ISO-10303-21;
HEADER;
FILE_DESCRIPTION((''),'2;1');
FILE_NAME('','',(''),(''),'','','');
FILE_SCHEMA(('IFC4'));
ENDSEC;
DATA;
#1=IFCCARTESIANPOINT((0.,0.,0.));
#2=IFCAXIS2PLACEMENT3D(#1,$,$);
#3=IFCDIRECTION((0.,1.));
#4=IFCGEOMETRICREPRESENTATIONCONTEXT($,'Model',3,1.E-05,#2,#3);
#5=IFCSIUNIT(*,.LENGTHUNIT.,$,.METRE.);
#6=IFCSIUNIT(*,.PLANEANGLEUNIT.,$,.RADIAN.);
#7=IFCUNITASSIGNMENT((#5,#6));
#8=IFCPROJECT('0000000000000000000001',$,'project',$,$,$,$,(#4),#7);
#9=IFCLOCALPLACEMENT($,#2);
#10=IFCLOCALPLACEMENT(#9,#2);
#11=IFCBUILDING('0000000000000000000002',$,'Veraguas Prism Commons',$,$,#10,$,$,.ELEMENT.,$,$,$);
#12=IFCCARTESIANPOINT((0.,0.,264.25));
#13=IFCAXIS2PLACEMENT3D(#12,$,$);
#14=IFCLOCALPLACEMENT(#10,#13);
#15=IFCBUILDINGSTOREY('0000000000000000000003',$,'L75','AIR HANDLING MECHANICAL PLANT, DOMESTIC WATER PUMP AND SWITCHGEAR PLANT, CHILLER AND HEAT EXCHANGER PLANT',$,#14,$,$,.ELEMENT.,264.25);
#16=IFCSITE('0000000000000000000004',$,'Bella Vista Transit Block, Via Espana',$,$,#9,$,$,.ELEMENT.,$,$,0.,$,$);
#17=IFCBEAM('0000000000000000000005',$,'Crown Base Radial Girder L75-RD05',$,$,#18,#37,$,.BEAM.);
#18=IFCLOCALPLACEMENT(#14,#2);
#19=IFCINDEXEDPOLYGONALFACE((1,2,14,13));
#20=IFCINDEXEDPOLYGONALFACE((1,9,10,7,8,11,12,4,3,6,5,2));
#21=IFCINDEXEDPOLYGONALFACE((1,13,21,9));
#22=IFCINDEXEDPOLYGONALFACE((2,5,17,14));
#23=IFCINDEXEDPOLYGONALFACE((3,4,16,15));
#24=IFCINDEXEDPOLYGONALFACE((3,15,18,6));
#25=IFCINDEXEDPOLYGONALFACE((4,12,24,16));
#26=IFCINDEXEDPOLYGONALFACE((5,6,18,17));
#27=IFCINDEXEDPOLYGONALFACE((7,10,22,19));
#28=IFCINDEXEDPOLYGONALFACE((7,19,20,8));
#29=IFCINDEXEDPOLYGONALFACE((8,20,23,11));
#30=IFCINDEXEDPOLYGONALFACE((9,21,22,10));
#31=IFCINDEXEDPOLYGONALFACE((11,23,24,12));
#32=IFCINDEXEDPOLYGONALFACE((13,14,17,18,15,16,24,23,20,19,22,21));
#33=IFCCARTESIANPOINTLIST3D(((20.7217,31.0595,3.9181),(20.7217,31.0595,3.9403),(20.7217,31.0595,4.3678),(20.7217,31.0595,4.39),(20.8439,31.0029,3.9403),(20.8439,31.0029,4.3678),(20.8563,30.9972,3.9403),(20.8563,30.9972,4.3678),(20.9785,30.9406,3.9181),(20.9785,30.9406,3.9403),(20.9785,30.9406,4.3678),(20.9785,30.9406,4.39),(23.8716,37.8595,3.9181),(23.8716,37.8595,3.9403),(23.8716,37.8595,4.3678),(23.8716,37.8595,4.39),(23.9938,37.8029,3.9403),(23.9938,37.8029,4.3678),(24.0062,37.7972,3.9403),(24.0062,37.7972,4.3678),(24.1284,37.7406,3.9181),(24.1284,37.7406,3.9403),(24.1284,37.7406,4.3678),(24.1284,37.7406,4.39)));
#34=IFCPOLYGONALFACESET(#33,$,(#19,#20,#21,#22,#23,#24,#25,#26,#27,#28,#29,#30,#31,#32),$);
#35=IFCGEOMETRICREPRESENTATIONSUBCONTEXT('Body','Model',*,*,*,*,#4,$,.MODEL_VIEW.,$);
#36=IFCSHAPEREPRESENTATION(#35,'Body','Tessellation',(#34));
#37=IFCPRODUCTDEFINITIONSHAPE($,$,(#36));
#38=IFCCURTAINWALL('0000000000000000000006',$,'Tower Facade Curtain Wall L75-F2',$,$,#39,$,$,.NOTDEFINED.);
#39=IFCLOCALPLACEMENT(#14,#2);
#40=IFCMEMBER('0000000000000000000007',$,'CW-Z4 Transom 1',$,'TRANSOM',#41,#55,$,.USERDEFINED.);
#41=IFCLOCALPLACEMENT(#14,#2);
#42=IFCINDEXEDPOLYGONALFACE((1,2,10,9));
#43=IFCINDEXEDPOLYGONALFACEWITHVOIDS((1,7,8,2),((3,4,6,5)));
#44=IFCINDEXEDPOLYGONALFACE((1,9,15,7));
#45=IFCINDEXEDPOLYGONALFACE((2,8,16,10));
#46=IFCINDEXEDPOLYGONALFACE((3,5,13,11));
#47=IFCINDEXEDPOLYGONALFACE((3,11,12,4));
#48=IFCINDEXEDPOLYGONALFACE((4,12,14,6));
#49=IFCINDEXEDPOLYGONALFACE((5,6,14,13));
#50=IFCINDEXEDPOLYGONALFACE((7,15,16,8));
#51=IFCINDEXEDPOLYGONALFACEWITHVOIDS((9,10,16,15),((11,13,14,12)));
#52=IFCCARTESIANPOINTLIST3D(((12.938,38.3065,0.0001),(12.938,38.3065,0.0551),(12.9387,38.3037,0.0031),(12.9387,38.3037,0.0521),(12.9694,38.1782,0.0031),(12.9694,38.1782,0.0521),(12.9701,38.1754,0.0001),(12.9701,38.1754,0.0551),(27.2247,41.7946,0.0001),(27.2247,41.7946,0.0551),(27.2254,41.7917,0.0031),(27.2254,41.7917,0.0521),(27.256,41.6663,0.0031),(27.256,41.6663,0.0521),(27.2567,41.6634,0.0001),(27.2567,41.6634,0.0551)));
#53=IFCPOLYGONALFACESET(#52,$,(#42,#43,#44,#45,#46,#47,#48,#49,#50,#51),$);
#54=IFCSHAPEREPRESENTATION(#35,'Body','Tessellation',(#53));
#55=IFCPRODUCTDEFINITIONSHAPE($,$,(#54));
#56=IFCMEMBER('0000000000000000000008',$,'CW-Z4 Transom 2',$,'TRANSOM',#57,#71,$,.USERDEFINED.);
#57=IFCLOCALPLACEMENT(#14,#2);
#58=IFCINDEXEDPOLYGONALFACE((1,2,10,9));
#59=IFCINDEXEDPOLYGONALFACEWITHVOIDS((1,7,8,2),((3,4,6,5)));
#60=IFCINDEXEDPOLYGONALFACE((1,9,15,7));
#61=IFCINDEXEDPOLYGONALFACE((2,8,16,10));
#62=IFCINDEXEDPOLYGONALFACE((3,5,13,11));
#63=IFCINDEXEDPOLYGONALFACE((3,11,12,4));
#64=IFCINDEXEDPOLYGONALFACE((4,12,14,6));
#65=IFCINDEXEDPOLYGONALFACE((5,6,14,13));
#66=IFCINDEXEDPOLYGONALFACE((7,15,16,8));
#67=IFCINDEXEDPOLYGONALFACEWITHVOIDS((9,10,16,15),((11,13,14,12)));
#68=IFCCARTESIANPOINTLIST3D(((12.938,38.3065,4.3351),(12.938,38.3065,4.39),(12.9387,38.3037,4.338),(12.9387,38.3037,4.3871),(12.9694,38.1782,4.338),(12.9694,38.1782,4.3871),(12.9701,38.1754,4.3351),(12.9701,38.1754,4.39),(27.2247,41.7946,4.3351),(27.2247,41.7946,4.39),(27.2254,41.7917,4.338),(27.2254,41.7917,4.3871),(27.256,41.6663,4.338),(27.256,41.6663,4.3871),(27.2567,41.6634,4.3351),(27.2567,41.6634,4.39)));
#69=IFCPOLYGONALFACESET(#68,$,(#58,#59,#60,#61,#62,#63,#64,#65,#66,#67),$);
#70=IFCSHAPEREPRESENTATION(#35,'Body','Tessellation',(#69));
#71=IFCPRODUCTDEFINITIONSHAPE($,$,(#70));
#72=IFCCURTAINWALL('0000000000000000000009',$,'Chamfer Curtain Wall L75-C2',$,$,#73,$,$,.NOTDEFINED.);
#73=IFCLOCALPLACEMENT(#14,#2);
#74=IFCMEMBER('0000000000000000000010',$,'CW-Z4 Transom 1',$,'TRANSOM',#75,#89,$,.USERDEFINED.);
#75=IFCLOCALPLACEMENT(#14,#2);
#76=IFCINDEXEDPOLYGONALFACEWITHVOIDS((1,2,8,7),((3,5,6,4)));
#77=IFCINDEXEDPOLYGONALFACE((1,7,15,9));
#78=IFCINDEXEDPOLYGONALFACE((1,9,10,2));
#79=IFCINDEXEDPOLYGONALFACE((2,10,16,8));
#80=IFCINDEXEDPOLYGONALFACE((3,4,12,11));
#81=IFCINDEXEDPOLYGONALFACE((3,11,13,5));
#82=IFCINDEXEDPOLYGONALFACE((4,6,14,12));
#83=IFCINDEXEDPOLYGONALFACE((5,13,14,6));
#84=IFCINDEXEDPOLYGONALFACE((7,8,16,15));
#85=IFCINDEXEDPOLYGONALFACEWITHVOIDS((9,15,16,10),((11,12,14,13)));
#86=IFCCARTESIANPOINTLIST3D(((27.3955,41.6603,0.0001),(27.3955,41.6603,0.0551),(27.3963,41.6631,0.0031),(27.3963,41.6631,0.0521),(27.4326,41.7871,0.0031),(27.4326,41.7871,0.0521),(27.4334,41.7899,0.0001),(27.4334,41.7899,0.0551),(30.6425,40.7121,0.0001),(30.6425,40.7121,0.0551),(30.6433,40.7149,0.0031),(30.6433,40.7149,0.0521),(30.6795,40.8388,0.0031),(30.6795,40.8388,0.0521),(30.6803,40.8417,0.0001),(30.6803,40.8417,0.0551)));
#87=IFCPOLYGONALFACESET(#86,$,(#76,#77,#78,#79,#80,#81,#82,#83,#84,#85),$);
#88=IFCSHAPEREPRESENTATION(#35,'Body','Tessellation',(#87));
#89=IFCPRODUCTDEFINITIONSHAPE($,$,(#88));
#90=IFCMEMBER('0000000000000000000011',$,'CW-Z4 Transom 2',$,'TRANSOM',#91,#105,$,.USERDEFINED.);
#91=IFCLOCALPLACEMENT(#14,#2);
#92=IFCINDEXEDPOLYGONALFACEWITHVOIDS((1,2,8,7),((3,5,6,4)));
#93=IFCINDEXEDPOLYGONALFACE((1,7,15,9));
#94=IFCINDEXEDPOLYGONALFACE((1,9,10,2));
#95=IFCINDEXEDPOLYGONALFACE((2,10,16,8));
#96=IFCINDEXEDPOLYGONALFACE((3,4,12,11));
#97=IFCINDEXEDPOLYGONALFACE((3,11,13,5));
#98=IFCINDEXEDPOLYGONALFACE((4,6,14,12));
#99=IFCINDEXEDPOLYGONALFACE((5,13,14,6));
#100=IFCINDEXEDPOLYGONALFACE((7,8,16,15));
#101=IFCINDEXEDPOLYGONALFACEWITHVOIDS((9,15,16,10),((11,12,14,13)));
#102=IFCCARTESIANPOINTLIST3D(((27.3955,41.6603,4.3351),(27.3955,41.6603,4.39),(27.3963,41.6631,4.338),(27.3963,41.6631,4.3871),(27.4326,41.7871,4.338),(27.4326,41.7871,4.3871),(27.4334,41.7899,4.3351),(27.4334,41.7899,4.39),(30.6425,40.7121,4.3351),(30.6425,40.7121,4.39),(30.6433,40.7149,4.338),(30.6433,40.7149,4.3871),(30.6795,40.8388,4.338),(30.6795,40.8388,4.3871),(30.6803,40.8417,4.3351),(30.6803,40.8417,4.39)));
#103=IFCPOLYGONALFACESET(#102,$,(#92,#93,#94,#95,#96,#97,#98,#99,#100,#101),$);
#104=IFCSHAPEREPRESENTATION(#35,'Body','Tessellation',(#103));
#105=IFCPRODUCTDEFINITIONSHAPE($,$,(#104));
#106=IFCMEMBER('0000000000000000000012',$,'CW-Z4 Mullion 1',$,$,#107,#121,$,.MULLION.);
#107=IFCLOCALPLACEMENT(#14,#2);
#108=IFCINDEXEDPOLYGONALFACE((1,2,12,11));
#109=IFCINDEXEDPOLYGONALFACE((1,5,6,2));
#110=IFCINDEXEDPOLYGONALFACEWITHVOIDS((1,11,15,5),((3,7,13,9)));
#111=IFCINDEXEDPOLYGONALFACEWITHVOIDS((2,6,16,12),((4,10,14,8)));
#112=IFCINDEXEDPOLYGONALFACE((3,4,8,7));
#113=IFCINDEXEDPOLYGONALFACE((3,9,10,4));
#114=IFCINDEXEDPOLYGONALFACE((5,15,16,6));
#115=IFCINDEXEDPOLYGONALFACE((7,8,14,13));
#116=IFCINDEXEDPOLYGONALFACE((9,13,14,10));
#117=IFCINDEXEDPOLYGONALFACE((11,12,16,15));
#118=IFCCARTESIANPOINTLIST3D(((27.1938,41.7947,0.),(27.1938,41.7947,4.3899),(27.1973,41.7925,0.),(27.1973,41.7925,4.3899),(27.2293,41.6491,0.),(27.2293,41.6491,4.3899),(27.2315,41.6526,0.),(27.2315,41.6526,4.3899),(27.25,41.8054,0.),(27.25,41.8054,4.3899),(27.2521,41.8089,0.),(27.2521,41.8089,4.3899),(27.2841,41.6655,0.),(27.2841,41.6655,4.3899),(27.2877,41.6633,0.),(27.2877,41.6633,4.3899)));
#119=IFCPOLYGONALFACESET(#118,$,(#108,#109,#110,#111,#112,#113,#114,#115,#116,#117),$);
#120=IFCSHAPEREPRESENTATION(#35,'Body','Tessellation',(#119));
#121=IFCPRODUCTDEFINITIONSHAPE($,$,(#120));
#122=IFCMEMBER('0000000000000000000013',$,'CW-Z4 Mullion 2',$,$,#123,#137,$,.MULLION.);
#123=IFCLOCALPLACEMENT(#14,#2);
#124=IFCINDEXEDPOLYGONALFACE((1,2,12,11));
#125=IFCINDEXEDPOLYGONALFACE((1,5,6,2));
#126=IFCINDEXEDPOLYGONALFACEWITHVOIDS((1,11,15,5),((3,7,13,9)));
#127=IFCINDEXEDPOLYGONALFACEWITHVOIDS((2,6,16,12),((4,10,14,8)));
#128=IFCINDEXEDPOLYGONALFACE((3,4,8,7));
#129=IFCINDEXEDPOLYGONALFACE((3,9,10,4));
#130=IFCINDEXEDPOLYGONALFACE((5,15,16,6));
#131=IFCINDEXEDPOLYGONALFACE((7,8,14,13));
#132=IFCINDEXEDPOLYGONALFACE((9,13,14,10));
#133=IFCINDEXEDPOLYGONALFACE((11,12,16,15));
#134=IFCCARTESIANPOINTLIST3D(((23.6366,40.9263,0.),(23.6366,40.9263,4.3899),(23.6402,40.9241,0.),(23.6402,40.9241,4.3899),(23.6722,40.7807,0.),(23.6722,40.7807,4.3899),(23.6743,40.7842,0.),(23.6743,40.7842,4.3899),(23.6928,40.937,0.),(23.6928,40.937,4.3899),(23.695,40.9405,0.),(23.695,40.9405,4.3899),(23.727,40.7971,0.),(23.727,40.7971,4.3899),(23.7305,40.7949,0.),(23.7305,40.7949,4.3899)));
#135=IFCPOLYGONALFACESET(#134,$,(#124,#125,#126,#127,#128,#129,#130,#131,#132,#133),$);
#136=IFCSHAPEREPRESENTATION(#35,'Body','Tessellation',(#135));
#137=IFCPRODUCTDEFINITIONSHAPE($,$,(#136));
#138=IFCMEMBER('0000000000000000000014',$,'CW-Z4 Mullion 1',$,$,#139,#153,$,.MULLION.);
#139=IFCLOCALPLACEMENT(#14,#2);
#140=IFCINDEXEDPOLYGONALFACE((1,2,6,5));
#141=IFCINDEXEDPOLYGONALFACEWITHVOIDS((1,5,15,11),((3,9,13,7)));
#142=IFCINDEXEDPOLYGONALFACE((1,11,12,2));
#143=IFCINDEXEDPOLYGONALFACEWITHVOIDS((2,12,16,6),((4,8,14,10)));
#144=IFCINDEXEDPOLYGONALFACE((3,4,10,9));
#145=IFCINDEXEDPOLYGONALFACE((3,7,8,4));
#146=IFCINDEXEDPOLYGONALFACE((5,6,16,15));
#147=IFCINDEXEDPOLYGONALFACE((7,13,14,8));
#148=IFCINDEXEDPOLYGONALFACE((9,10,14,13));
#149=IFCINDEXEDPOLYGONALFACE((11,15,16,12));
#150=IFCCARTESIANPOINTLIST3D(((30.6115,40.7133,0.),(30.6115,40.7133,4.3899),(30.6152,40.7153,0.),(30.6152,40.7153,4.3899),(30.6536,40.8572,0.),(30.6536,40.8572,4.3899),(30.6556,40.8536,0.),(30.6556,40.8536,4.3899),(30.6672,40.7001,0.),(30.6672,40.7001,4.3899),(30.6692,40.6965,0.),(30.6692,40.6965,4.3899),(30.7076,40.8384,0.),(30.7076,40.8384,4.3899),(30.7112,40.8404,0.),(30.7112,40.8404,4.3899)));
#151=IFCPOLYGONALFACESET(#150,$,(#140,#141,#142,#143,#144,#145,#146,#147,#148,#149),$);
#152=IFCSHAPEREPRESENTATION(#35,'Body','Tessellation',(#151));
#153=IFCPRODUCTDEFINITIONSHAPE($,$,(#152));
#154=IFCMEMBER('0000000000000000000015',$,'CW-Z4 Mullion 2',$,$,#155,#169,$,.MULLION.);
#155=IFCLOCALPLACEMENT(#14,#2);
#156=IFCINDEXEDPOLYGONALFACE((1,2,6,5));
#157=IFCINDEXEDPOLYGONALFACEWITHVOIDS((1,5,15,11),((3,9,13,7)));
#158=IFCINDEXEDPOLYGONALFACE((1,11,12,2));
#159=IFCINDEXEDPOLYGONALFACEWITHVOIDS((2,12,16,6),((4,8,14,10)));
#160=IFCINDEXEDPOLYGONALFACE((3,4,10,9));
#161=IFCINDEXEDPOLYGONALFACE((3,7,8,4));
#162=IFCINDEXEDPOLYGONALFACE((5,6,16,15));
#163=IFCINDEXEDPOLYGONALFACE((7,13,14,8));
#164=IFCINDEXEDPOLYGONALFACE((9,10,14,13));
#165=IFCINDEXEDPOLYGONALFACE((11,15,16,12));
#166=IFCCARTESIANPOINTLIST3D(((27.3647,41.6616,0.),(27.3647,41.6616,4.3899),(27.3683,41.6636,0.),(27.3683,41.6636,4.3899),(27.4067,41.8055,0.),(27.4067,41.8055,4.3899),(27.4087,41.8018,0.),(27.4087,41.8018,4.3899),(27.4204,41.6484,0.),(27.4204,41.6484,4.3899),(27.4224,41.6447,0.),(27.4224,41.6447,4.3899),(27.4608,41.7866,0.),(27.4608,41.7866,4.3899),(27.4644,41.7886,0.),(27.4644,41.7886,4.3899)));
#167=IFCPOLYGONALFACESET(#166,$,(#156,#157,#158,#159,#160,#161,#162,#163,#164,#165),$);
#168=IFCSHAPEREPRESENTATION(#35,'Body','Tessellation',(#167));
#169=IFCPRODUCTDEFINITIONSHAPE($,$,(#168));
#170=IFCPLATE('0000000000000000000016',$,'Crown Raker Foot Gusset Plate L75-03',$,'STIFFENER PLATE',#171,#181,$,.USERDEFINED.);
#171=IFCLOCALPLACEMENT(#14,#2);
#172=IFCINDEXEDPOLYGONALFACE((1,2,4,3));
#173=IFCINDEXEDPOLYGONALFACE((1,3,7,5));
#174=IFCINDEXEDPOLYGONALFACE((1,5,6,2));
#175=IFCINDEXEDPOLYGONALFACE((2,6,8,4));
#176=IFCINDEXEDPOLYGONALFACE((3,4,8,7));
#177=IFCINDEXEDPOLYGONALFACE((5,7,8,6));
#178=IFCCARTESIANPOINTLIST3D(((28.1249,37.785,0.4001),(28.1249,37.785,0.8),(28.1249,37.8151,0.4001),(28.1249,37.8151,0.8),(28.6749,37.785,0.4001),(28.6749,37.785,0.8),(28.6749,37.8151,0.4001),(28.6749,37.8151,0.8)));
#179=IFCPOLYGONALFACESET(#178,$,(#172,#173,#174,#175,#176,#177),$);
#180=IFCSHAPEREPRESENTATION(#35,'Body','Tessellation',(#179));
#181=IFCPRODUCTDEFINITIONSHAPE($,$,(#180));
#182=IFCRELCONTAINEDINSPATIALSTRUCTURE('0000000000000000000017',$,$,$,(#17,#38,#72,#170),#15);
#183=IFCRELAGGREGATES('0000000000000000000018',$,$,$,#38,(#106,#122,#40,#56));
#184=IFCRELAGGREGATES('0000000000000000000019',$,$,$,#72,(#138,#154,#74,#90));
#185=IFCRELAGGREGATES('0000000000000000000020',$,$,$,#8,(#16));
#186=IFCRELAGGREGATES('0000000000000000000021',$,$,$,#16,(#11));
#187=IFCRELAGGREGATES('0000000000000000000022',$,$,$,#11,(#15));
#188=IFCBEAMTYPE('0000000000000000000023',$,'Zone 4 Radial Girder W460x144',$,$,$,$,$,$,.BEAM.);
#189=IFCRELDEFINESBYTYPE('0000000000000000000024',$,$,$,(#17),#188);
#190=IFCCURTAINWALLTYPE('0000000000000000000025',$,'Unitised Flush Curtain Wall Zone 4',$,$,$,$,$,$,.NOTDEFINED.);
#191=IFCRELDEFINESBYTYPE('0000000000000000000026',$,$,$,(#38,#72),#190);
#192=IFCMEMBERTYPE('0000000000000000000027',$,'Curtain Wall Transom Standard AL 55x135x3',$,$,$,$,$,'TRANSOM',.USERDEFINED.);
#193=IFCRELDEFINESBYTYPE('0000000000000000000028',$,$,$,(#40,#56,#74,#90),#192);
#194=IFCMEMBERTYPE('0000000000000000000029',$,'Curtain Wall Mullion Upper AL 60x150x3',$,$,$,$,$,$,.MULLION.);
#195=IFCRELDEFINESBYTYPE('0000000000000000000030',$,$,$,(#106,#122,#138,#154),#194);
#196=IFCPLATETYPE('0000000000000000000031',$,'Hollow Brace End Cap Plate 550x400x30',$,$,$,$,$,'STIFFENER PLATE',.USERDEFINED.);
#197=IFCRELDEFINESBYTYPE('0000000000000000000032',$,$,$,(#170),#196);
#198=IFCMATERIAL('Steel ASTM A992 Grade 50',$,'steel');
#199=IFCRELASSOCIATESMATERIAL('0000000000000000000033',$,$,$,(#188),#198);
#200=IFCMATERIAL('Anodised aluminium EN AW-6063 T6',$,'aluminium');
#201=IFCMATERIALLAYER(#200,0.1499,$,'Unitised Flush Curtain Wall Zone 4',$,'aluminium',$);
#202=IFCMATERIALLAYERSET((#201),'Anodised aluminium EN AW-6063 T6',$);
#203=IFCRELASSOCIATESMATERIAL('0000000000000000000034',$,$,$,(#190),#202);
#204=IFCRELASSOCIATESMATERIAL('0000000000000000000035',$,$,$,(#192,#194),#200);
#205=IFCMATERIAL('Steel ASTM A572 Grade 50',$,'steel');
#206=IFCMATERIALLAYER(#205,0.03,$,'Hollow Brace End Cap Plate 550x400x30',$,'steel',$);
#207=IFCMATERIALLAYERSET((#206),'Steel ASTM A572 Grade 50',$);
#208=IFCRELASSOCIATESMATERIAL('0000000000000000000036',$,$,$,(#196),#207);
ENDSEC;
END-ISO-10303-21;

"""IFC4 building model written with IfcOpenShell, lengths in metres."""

from ifc_helpers import new_model, si_unit, direction, frame, origin, origin_2d, place, context, subcontext, project, spatial, rectangle, hollow_rectangle, i_section, extrude, source, transform, mapped, material, layer, layer_set, material_profile, profile_set, type_object, element, aggregate, save


model = new_model("IFC4")

# Units and contexts
model_context = context("Model", 3, precision=1e-05, world=origin(), true_north=direction((0.0, 1.0)))
body_context = subcontext(model_context, "Body", "Model", "MODEL_VIEW")
ifc_project = project(units=[si_unit("LENGTHUNIT", "METRE"), si_unit("PLANEANGLEUNIT", "RADIAN")], contexts=[model_context])

# Site, building, storey
site_placement = place(None, origin())
site = spatial("IfcSite", under=ifc_project, at=site_placement, Name="Bella Vista Transit Block, Via Espana", CompositionType="ELEMENT", RefElevation=0.0)
building_placement = place(site_placement, origin())
building = spatial("IfcBuilding", under=site, at=building_placement, Name="Veraguas Prism Commons", CompositionType="ELEMENT")
storey_placement = place(building_placement, frame((0.0, 0.0, 264.25)))
storey = spatial("IfcBuildingStorey", under=building, at=storey_placement, Name="L75", Description="AIR HANDLING MECHANICAL PLANT, DOMESTIC WATER PUMP AND SWITCHGEAR PLANT, CHILLER AND HEAT EXCHANGER PLANT", CompositionType="ELEMENT", Elevation=264.25)

# Beam
ifc_material_1 = material(Name="Steel ASTM A992 Grade 50", Category="steel")
ifc_material_profile_1 = material_profile(ifc_material_1, i_section(OverallWidth=0.283, OverallDepth=0.4719, WebThickness=0.0137, FlangeThickness=0.0222, at=origin_2d()), Name="W460X144")
ifc_profile_set_1 = profile_set([ifc_material_profile_1], Name="Steel ASTM A992 Grade 50")
beam_type_1 = type_object("IfcBeamType", Name="Zone 4 Radial Girder W460x144", PredefinedType="BEAM", material=ifc_profile_set_1)
beam_1_placement = place(storey_placement, frame((24.0, 37.8, 4.1541), z_axis=(-0.420314, -0.907379, 0.0), x_axis=(0.907379, -0.420314, 0.0)))
element("IfcBeam", 1, at=beam_1_placement, inside=storey, type_object=beam_type_1, Name="Crown Base Radial Girder L75-RD05", PredefinedType="BEAM", context=body_context, shape_type="SweptSolid", body=[
    extrude(i_section(OverallWidth=0.283, OverallDepth=0.4719, WebThickness=0.0137, FlangeThickness=0.0222, at=origin_2d()), origin(), (0.0, 0.0, 1.0), 7.4941),
])

# Curtain walls, members
ifc_material_2 = material(Name="Anodised aluminium EN AW-6063 T6", Category="aluminium")
ifc_layer_1 = layer(ifc_material_2, 0.1499, Name="Unitised Flush Curtain Wall Zone 4", Category="aluminium")
ifc_layer_set_1 = layer_set([ifc_layer_1], Name="Anodised aluminium EN AW-6063 T6")
curtain_wall_type = type_object("IfcCurtainWallType", Name="Unitised Flush Curtain Wall Zone 4", PredefinedType="NOTDEFINED", material=ifc_layer_set_1)
curtain_wall_1_placement = place(storey_placement, origin())
curtain_wall_1 = element("IfcCurtainWall", 2, at=curtain_wall_1_placement, inside=storey, type_object=curtain_wall_type, Name="Tower Facade Curtain Wall L75-F2", PredefinedType="NOTDEFINED")
ifc_material_profile_2 = material_profile(ifc_material_2, hollow_rectangle(XDim=0.0549, YDim=0.135, WallThickness=0.0029, at=origin_2d()), Name="AL55X135X3")
ifc_profile_set_2 = profile_set([ifc_material_profile_2], Name="Anodised aluminium EN AW-6063 T6")
member_type_1 = type_object("IfcMemberType", Name="Curtain Wall Transom Standard AL 55x135x3", ElementType="TRANSOM", PredefinedType="USERDEFINED", material=ifc_profile_set_2)
shared_shape_1 = source(origin(), body_context, "Body", "SweptSolid", [
    extrude(hollow_rectangle(XDim=0.0549, YDim=0.135, WallThickness=0.0029, at=origin_2d()), origin(), (0.0, 0.0, 1.0), 14.7063),
])
member_1_placement = place(storey_placement, frame((27.2407, 41.729, 0.0276), z_axis=(-0.971466, -0.237181, 0.0), x_axis=(0.0, 0.0, 1.0)))
member_1 = element("IfcMember", 3, at=member_1_placement, type_object=member_type_1, Name="CW-Z4 Transom 1", ObjectType="TRANSOM", PredefinedType="USERDEFINED", context=body_context, shape_type="MappedRepresentation", body=[
    mapped(shared_shape_1, transform((0.0, 0.0, 0.0), scale=1.0)),
])
member_2_placement = place(storey_placement, frame((27.2407, 41.729, 4.3625), z_axis=(-0.971466, -0.237181, 0.0), x_axis=(0.0, 0.0, 1.0)))
member_2 = element("IfcMember", 4, at=member_2_placement, type_object=member_type_1, Name="CW-Z4 Transom 2", ObjectType="TRANSOM", PredefinedType="USERDEFINED", context=body_context, shape_type="MappedRepresentation", body=[
    mapped(shared_shape_1, transform((0.0, 0.0, 0.0), scale=1.0)),
])
curtain_wall_2_placement = place(storey_placement, origin())
curtain_wall_2 = element("IfcCurtainWall", 5, at=curtain_wall_2_placement, inside=storey, type_object=curtain_wall_type, Name="Chamfer Curtain Wall L75-C2", PredefinedType="NOTDEFINED")
shared_shape_2 = source(origin(), body_context, "Body", "SweptSolid", [
    extrude(hollow_rectangle(XDim=0.0549, YDim=0.135, WallThickness=0.0029, at=origin_2d()), origin(), (0.0, 0.0, 1.0), 3.3826),
])
member_3_placement = place(storey_placement, frame((30.6614, 40.7769, 0.0276), z_axis=(-0.959901, 0.280341, 0.0), x_axis=(0.0, 0.0, 1.0)))
member_3 = element("IfcMember", 6, at=member_3_placement, type_object=member_type_1, Name="CW-Z4 Transom 1", ObjectType="TRANSOM", PredefinedType="USERDEFINED", context=body_context, shape_type="MappedRepresentation", body=[
    mapped(shared_shape_2, transform((0.0, 0.0, 0.0), scale=1.0)),
])
member_4_placement = place(storey_placement, frame((30.6614, 40.7769, 4.3625), z_axis=(-0.959901, 0.280341, 0.0), x_axis=(0.0, 0.0, 1.0)))
member_4 = element("IfcMember", 7, at=member_4_placement, type_object=member_type_1, Name="CW-Z4 Transom 2", ObjectType="TRANSOM", PredefinedType="USERDEFINED", context=body_context, shape_type="MappedRepresentation", body=[
    mapped(shared_shape_2, transform((0.0, 0.0, 0.0), scale=1.0)),
])

# Members
ifc_material_profile_3 = material_profile(ifc_material_2, hollow_rectangle(XDim=0.0601, YDim=0.1499, WallThickness=0.0029, at=origin_2d()), Name="AL60X150X3")
ifc_profile_set_3 = profile_set([ifc_material_profile_3], Name="Anodised aluminium EN AW-6063 T6")
member_type_2 = type_object("IfcMemberType", Name="Curtain Wall Mullion Upper AL 60x150x3", PredefinedType="MULLION", material=ifc_profile_set_3)
shared_shape_3 = source(origin(), body_context, "Body", "SweptSolid", [
    extrude(hollow_rectangle(XDim=0.0601, YDim=0.1499, WallThickness=0.0029, at=origin_2d()), origin(), (0.0, 0.0, 1.0), 4.3899),
])
member_5_placement = place(storey_placement, frame((27.2407, 41.729, 0.0), z_axis=(0.0, 0.0, 1.0), x_axis=(-0.971466, -0.237181, 0.0)))
member_5 = element("IfcMember", 8, at=member_5_placement, type_object=member_type_2, Name="CW-Z4 Mullion 1", PredefinedType="MULLION", context=body_context, shape_type="MappedRepresentation", body=[
    mapped(shared_shape_3, transform((0.0, 0.0, 0.0), scale=1.0)),
])
member_6_placement = place(storey_placement, frame((23.6836, 40.8606, 0.0), z_axis=(0.0, 0.0, 1.0), x_axis=(-0.971466, -0.237181, 0.0)))
member_6 = element("IfcMember", 9, at=member_6_placement, type_object=member_type_2, Name="CW-Z4 Mullion 2", PredefinedType="MULLION", context=body_context, shape_type="MappedRepresentation", body=[
    mapped(shared_shape_3, transform((0.0, 0.0, 0.0), scale=1.0)),
])
member_7_placement = place(storey_placement, frame((30.6614, 40.7769, 0.0), z_axis=(0.0, 0.0, 1.0), x_axis=(-0.959905, 0.280325, 0.0)))
member_7 = element("IfcMember", 10, at=member_7_placement, type_object=member_type_2, Name="CW-Z4 Mullion 1", PredefinedType="MULLION", context=body_context, shape_type="MappedRepresentation", body=[
    mapped(shared_shape_3, transform((0.0, 0.0, 0.0), scale=1.0)),
])
member_8_placement = place(storey_placement, frame((27.4146, 41.7251, 0.0), z_axis=(0.0, 0.0, 1.0), x_axis=(-0.959905, 0.280325, 0.0)))
member_8 = element("IfcMember", 11, at=member_8_placement, type_object=member_type_2, Name="CW-Z4 Mullion 2", PredefinedType="MULLION", context=body_context, shape_type="MappedRepresentation", body=[
    mapped(shared_shape_3, transform((0.0, 0.0, 0.0), scale=1.0)),
])

# Plate
ifc_material_3 = material(Name="Steel ASTM A572 Grade 50", Category="steel")
ifc_layer_2 = layer(ifc_material_3, 0.03, Name="Hollow Brace End Cap Plate 550x400x30", Category="steel")
ifc_layer_set_2 = layer_set([ifc_layer_2], Name="Steel ASTM A572 Grade 50")
plate_type_1 = type_object("IfcPlateType", Name="Hollow Brace End Cap Plate 550x400x30", ElementType="STIFFENER PLATE", PredefinedType="USERDEFINED", material=ifc_layer_set_2)
shared_shape_4 = source(origin(), body_context, "Body", "SweptSolid", [
    extrude(rectangle(XDim=0.55, YDim=0.03, at=origin_2d()), origin(), (0.0, 0.0, 1.0), 0.3999),
])
for number, where, z_axis, x_axis, name in (
    (12, (28.3999, 37.8, 0.4001), (0.0, 0.0, 1.0), (1.0, 0.0, 0.0), "Crown Raker Foot Gusset Plate L75-03"),
):
    element("IfcPlate", number, at=place(storey_placement, frame(where, z_axis=z_axis, x_axis=x_axis)), inside=storey, type_object=plate_type_1, Name=name, ObjectType="STIFFENER PLATE", PredefinedType="USERDEFINED", context=body_context, shape_type="MappedRepresentation", body=[
        mapped(shared_shape_4, transform((0.0, 0.0, 0.0), scale=1.0)),
    ])

aggregate(curtain_wall_1, [member_5, member_6, member_1, member_2])
aggregate(curtain_wall_2, [member_7, member_8, member_3, member_4])

save(model, "model.ifc")
